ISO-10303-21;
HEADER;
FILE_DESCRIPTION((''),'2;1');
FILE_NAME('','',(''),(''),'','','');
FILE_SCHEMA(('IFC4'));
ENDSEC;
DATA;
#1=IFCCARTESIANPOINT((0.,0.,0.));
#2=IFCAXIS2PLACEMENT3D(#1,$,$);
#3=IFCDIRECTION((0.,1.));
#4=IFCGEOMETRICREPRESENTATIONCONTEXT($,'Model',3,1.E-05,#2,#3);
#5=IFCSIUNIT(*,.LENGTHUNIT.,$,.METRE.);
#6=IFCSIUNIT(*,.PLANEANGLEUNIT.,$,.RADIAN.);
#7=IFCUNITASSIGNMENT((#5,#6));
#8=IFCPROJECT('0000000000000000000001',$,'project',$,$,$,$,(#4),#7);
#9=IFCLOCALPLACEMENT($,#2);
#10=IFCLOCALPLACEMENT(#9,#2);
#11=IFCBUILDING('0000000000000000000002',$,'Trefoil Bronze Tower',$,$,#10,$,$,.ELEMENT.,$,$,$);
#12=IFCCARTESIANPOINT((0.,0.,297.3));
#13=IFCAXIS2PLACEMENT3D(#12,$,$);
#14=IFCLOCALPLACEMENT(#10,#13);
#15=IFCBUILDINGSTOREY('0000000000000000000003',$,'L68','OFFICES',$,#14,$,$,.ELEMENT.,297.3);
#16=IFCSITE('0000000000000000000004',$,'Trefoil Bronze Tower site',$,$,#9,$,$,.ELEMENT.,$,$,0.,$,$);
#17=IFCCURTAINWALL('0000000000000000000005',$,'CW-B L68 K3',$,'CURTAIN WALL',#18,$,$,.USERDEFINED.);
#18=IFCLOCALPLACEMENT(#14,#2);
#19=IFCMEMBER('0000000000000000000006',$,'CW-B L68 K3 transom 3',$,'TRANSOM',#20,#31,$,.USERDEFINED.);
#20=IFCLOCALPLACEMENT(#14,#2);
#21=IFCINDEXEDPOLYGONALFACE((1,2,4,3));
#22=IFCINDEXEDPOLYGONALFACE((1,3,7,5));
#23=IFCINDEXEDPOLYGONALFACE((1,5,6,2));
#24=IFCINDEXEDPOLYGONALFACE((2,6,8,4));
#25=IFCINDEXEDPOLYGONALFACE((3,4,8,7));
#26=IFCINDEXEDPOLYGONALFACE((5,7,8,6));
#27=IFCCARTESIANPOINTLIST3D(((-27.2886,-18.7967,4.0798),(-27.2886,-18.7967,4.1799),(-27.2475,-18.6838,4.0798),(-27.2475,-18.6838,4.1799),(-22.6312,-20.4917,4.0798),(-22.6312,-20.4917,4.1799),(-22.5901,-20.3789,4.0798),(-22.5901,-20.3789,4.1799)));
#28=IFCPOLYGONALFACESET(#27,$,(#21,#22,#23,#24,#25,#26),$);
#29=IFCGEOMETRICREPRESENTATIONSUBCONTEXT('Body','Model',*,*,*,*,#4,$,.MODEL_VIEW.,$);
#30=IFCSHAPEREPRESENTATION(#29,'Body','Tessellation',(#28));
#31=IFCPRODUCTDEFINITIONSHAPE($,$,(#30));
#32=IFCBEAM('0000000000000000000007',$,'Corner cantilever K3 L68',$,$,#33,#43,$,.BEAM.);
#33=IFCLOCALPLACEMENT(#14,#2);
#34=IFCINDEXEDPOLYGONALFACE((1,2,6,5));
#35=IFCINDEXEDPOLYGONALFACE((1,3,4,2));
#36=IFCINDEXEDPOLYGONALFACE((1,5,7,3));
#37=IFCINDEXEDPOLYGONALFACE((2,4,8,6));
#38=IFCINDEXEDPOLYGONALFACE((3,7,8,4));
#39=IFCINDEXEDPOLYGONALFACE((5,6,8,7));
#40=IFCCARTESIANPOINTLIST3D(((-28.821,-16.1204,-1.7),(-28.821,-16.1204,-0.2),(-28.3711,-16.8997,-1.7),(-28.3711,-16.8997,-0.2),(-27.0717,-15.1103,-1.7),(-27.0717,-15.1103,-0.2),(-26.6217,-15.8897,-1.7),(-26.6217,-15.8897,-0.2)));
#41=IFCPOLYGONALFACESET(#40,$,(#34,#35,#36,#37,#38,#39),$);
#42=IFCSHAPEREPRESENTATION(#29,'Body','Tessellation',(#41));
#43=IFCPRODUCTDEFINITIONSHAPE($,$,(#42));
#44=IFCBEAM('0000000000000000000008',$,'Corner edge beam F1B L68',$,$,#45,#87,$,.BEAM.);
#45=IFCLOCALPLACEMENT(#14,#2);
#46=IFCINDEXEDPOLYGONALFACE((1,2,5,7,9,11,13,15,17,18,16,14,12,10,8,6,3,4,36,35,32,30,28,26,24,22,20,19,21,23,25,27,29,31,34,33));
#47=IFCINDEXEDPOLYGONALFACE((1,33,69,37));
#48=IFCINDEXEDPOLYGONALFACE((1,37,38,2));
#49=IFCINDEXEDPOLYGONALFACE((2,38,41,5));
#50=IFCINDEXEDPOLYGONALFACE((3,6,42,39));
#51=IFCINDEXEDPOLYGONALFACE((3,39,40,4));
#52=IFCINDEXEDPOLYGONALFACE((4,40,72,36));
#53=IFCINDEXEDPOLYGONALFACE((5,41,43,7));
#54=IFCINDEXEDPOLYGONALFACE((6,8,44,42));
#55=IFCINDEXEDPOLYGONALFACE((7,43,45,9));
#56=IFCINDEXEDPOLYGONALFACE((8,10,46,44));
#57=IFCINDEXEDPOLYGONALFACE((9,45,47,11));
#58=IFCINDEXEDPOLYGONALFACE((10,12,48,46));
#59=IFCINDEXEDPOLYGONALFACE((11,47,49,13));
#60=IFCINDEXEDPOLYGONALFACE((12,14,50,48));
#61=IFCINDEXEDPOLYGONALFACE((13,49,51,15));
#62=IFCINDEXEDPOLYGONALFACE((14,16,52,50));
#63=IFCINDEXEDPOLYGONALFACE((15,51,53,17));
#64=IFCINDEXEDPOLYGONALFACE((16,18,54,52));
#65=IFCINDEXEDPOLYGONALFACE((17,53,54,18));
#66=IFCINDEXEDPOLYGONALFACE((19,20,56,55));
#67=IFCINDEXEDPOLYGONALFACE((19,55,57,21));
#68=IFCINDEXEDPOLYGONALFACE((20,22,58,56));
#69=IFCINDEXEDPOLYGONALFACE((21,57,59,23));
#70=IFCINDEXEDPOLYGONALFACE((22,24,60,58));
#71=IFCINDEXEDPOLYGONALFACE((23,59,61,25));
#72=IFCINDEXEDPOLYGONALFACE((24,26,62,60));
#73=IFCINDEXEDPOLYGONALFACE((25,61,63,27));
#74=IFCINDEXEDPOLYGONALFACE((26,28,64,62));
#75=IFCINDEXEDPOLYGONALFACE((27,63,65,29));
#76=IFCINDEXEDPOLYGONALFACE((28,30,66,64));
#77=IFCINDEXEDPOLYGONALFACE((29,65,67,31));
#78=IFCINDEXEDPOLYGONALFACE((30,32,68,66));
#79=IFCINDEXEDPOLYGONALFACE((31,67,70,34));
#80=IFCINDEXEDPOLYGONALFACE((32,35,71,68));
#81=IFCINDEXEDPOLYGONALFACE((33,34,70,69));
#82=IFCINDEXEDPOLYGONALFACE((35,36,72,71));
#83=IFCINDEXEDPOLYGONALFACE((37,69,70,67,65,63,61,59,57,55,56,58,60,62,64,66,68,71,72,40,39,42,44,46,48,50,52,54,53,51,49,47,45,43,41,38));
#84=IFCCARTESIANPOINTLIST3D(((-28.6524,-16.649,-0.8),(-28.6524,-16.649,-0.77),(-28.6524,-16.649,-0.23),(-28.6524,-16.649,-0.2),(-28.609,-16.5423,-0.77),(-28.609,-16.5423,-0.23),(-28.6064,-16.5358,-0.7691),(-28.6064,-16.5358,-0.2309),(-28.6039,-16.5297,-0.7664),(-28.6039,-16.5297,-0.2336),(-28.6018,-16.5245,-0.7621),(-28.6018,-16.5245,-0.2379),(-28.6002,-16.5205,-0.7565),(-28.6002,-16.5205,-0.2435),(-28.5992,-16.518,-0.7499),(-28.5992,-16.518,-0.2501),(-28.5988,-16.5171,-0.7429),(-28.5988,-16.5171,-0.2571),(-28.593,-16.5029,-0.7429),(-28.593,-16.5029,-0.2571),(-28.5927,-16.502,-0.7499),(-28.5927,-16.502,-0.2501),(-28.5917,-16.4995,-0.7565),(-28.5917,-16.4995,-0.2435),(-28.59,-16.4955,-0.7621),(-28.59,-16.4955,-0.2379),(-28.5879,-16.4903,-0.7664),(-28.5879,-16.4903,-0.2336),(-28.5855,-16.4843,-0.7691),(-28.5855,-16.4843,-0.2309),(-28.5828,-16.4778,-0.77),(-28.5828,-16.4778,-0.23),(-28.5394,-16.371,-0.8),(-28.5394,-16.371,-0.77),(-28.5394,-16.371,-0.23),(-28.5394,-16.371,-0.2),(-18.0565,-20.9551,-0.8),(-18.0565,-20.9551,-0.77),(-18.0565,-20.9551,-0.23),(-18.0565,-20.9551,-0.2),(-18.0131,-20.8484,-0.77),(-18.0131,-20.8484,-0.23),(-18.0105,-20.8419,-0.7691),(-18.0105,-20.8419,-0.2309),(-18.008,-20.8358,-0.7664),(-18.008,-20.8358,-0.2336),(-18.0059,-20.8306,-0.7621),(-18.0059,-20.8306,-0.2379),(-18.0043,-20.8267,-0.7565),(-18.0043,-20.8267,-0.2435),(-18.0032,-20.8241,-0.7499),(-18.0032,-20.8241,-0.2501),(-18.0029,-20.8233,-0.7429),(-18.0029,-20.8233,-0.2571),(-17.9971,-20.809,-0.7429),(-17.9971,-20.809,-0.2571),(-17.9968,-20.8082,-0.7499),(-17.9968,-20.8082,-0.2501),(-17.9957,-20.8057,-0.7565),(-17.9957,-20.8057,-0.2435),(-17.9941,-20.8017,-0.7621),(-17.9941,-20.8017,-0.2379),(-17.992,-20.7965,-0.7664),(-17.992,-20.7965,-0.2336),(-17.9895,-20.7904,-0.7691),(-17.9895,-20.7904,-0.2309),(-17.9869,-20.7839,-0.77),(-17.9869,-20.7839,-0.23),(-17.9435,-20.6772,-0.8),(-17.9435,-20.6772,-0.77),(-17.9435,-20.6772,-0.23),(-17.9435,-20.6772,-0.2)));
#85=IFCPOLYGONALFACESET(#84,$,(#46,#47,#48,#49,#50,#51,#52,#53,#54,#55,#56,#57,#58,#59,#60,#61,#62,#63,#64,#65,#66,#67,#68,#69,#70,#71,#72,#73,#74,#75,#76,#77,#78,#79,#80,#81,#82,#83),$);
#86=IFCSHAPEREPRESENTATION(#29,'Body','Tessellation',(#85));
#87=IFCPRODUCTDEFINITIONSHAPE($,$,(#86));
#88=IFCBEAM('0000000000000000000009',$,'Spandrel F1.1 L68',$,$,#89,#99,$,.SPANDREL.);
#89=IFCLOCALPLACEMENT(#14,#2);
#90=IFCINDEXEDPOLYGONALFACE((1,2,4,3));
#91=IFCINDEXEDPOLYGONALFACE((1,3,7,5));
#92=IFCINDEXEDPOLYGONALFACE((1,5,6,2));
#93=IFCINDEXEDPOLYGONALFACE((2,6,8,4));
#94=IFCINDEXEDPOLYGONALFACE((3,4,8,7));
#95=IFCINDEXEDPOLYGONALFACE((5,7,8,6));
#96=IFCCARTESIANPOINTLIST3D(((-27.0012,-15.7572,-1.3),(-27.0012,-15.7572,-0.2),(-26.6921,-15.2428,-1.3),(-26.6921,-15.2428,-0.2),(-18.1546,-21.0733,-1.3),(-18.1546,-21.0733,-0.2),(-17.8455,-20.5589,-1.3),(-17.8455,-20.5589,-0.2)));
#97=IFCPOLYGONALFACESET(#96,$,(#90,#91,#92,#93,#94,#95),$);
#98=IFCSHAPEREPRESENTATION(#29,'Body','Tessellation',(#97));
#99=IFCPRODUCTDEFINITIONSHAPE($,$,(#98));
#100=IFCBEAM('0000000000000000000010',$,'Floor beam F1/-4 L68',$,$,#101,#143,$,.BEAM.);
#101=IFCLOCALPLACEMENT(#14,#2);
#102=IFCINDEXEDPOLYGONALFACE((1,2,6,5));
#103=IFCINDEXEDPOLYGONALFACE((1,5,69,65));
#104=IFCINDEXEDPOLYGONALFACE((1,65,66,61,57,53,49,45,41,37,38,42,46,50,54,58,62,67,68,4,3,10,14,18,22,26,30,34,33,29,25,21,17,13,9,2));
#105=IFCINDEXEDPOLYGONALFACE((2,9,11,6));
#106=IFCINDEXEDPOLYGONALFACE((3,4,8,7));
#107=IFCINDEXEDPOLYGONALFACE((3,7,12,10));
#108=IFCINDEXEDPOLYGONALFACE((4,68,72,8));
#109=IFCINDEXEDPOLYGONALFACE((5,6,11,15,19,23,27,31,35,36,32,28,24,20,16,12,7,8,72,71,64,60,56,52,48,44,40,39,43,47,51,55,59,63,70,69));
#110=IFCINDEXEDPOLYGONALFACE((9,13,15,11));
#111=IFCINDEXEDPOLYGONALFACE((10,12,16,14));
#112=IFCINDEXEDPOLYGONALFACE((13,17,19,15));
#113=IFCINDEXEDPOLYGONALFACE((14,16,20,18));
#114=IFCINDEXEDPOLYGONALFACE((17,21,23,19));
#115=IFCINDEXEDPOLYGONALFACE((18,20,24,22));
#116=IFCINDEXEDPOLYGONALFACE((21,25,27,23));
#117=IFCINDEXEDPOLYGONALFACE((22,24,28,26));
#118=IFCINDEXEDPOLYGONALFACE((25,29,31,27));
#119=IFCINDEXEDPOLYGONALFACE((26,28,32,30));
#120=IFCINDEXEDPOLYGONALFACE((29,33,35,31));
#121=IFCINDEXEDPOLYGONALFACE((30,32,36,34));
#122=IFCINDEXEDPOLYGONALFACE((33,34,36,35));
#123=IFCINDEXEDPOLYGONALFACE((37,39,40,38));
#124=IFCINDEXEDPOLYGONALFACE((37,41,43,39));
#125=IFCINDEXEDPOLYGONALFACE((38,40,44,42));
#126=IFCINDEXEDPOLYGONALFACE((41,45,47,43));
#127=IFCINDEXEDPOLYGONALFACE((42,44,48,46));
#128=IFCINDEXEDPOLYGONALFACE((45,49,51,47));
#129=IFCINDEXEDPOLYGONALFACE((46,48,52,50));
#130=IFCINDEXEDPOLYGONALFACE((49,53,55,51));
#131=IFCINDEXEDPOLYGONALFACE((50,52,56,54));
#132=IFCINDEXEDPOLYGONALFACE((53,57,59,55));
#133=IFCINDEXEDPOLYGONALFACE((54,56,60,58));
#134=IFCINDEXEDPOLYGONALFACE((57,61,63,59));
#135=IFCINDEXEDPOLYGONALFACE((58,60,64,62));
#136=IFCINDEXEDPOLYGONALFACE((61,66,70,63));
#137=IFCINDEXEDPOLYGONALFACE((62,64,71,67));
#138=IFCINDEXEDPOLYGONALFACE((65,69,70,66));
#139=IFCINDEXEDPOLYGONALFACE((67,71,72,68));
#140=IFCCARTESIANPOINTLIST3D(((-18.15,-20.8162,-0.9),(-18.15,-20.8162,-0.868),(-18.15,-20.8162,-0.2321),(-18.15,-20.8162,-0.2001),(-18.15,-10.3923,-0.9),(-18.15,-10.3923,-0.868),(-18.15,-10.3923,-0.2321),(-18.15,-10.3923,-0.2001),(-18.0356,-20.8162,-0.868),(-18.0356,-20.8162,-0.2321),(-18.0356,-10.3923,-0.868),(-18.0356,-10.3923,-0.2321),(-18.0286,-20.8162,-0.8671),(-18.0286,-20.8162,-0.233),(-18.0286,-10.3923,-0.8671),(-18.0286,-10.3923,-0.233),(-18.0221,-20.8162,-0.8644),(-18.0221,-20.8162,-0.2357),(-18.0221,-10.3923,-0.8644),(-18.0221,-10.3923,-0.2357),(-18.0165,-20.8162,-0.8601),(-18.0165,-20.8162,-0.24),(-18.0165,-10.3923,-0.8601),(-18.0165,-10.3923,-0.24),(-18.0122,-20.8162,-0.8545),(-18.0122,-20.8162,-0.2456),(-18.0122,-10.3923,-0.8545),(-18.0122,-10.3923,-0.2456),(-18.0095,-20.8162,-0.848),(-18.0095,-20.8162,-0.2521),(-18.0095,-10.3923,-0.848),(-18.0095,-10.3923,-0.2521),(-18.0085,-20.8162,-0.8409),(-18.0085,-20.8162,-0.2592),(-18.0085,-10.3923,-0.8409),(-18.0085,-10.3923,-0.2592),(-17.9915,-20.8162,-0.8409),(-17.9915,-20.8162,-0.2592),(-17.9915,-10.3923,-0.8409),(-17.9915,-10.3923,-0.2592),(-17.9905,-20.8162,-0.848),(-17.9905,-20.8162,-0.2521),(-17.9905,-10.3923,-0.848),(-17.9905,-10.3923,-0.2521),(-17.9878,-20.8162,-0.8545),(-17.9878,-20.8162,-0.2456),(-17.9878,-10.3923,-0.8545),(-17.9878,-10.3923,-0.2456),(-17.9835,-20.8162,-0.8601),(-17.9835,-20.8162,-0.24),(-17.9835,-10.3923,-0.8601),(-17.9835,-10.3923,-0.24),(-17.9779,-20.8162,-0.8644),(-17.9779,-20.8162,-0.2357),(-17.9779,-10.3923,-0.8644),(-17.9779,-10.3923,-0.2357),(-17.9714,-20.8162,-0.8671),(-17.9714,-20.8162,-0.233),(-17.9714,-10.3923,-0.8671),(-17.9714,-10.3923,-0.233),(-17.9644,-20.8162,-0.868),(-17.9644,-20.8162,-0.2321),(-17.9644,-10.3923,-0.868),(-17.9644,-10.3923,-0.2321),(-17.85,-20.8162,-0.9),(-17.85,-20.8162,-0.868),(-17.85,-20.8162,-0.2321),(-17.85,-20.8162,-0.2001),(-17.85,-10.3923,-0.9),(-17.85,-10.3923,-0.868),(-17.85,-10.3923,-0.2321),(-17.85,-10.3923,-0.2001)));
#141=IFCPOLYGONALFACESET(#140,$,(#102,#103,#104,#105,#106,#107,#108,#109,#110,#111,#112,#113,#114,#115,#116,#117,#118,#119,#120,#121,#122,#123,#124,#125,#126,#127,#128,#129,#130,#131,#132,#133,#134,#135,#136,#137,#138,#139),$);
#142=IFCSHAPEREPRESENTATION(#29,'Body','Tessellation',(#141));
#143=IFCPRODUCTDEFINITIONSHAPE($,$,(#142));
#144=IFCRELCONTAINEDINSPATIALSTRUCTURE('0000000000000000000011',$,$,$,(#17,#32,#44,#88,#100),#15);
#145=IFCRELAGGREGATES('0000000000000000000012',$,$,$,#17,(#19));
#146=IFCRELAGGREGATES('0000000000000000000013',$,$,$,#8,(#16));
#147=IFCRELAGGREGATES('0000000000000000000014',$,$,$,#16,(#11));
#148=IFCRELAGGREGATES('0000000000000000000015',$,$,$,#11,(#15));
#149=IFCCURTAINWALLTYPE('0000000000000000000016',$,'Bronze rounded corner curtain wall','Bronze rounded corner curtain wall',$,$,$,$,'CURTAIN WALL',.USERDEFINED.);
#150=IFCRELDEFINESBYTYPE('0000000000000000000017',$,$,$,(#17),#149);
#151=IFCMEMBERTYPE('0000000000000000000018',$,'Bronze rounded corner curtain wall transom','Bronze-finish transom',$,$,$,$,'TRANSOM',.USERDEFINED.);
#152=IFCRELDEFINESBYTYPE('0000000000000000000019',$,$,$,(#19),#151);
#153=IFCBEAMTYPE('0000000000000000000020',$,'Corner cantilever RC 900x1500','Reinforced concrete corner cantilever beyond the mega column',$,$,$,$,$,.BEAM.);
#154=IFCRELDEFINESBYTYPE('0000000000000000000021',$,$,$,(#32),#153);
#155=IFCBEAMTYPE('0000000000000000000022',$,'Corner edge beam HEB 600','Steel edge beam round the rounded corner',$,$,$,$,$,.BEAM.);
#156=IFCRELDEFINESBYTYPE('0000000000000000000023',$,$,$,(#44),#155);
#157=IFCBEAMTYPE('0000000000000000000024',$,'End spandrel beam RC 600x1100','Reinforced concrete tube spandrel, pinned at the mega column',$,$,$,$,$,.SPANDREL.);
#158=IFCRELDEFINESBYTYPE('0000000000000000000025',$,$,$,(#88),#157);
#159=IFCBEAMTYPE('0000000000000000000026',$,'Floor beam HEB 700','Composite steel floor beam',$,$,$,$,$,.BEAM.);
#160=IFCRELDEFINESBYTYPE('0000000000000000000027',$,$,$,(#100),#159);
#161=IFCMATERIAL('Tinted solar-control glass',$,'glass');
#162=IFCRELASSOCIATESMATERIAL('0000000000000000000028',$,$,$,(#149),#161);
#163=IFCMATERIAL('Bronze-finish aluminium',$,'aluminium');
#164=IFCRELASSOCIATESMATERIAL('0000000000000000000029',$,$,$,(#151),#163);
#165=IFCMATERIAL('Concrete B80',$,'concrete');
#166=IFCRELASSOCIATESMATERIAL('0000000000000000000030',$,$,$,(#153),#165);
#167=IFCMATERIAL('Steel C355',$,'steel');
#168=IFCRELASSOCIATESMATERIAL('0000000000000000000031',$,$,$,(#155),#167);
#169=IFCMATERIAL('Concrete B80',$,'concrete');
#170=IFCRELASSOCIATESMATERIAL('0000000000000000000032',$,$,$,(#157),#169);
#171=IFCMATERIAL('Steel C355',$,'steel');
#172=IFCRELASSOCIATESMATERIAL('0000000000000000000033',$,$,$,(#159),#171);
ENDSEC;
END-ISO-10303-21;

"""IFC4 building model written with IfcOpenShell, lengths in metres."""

from ifc_helpers import new_model, si_unit, direction, frame, origin, origin_2d, place, context, subcontext, project, spatial, rectangle, i_section, extrude, material, material_profile, profile_set, type_object, element, aggregate, save


model = new_model("IFC4")

# Units and contexts
model_context = context("Model", 3, precision=1e-05, world=origin(), true_north=direction((0.0, 1.0)))
body_context = subcontext(model_context, "Body", "Model", "MODEL_VIEW")
ifc_project = project(units=[si_unit("LENGTHUNIT", "METRE"), si_unit("PLANEANGLEUNIT", "RADIAN")], contexts=[model_context])

# Site, building, storey
site_placement = place(None, origin())
site = spatial("IfcSite", under=ifc_project, at=site_placement, Name="Trefoil Bronze Tower site", CompositionType="ELEMENT", RefElevation=0.0)
building_placement = place(site_placement, origin())
building = spatial("IfcBuilding", under=site, at=building_placement, Name="Trefoil Bronze Tower", CompositionType="ELEMENT")
storey_placement = place(building_placement, frame((0.0, 0.0, 297.3)))
storey = spatial("IfcBuildingStorey", under=building, at=storey_placement, Name="L68", Description="OFFICES", CompositionType="ELEMENT", Elevation=297.3)

# Curtain wall, member
ifc_material_1 = material(Name="Tinted solar-control glass", Category="glass")
curtain_wall_type_1 = type_object("IfcCurtainWallType", Name="Bronze rounded corner curtain wall", Description="Bronze rounded corner curtain wall", ElementType="CURTAIN WALL", PredefinedType="USERDEFINED", material=ifc_material_1)
curtain_wall_1_placement = place(storey_placement, origin())
curtain_wall_1 = element("IfcCurtainWall", 1, at=curtain_wall_1_placement, inside=storey, type_object=curtain_wall_type_1, Name="CW-B L68 K3", ObjectType="CURTAIN WALL", PredefinedType="USERDEFINED")
ifc_material_2 = material(Name="Bronze-finish aluminium", Category="aluminium")
ifc_material_profile_1 = material_profile(ifc_material_2, rectangle(XDim=0.1201, YDim=0.1001, at=origin_2d()), Name="CW-B transom")
ifc_profile_set_1 = profile_set([ifc_material_profile_1], Name="Bronze-finish aluminium")
member_type_1 = type_object("IfcMemberType", Name="Bronze rounded corner curtain wall transom", Description="Bronze-finish transom", ElementType="TRANSOM", PredefinedType="USERDEFINED", material=ifc_profile_set_1)
member_1_placement = place(storey_placement, frame((-27.2681, -18.7402, 4.1299), z_axis=(0.9397, -0.342, 0.0), x_axis=(0.342, 0.9397, 0.0)))
member_1 = element("IfcMember", 2, at=member_1_placement, type_object=member_type_1, Name="CW-B L68 K3 transom 3", ObjectType="TRANSOM", PredefinedType="USERDEFINED", context=body_context, shape_type="SweptSolid", body=[
    extrude(rectangle(XDim=0.1201, YDim=0.1001, at=origin_2d()), origin(), (0.0, 0.0, 1.0), 4.9563),
])

# Beams
ifc_material_3 = material(Name="Concrete B80", Category="concrete")
ifc_material_profile_2 = material_profile(ifc_material_3, rectangle(XDim=0.8999, YDim=1.5, at=origin_2d()), Name="RC 900x1500")
ifc_profile_set_2 = profile_set([ifc_material_profile_2], Name="Concrete B80")
beam_type_1 = type_object("IfcBeamType", Name="Corner cantilever RC 900x1500", Description="Reinforced concrete corner cantilever beyond the mega column", PredefinedType="BEAM", material=ifc_profile_set_2)
beam_1_placement = place(storey_placement, frame((-26.8467, -15.5, -0.95), z_axis=(-0.86601, -0.500026, 0.0), x_axis=(0.500026, -0.86601, 0.0)))
element("IfcBeam", 3, at=beam_1_placement, inside=storey, type_object=beam_type_1, Name="Corner cantilever K3 L68", PredefinedType="BEAM", context=body_context, shape_type="SweptSolid", body=[
    extrude(rectangle(XDim=0.8999, YDim=1.5, at=origin_2d()), origin(), (0.0, 0.0, 1.0), 2.02),
])
ifc_material_4 = material(Name="Steel C355", Category="steel")
ifc_material_profile_3 = material_profile(ifc_material_4, i_section(OverallWidth=0.3, OverallDepth=0.6001, WebThickness=0.0154, FlangeThickness=0.03, FilletRadius=0.0271, at=origin_2d()), Name="HEB 600")
ifc_profile_set_3 = profile_set([ifc_material_profile_3], Name="Steel C355")
beam_type_2 = type_object("IfcBeamType", Name="Corner edge beam HEB 600", Description="Steel edge beam round the rounded corner", PredefinedType="BEAM", material=ifc_profile_set_3)
beam_2_placement = place(storey_placement, frame((-18.0, -20.8162, -0.5), z_axis=(-0.926419, 0.376493, 0.0), x_axis=(-0.376493, -0.926419, 0.0)))
element("IfcBeam", 4, at=beam_2_placement, inside=storey, type_object=beam_type_2, Name="Corner edge beam F1B L68", PredefinedType="BEAM", context=body_context, shape_type="SweptSolid", body=[
    extrude(i_section(OverallWidth=0.3, OverallDepth=0.6001, WebThickness=0.0154, FlangeThickness=0.03, FilletRadius=0.0271, at=origin_2d()), origin(), (0.0, 0.0, 1.0), 11.4375),
])
ifc_material_5 = material(Name="Concrete B80", Category="concrete")
ifc_material_profile_4 = material_profile(ifc_material_5, rectangle(XDim=0.6001, YDim=1.1001, at=origin_2d()), Name="RC 600x1100")
ifc_profile_set_4 = profile_set([ifc_material_profile_4], Name="Concrete B80")
beam_type_3 = type_object("IfcBeamType", Name="End spandrel beam RC 600x1100", Description="Reinforced concrete tube spandrel, pinned at the mega column", PredefinedType="SPANDREL", material=ifc_profile_set_4)
beam_3_placement = place(storey_placement, frame((-26.8467, -15.5, -0.75), z_axis=(0.857144, -0.515077, 0.0), x_axis=(0.515077, 0.857144, 0.0)))
element("IfcBeam", 5, at=beam_3_placement, inside=storey, type_object=beam_type_3, Name="Spandrel F1.1 L68", PredefinedType="SPANDREL", context=body_context, shape_type="SweptSolid", body=[
    extrude(rectangle(XDim=0.6001, YDim=1.1001, at=origin_2d()), origin(), (0.0, 0.0, 1.0), 10.321),
])
ifc_material_6 = material(Name="Steel C355", Category="steel")
ifc_material_profile_5 = material_profile(ifc_material_6, i_section(OverallWidth=0.3, OverallDepth=0.7, WebThickness=0.0171, FlangeThickness=0.032, FilletRadius=0.0271, at=origin_2d()), Name="HEB 700")
ifc_profile_set_5 = profile_set([ifc_material_profile_5], Name="Steel C355")
beam_type_4 = type_object("IfcBeamType", Name="Floor beam HEB 700", Description="Composite steel floor beam", PredefinedType="BEAM", material=ifc_profile_set_5)
beam_4_placement = place(storey_placement, frame((-18.0, -20.8162, -0.55), z_axis=(0.0, 1.0, 0.0), x_axis=(-1.0, 0.0, 0.0)))
element("IfcBeam", 6, at=beam_4_placement, inside=storey, type_object=beam_type_4, Name="Floor beam F1/-4 L68", PredefinedType="BEAM", context=body_context, shape_type="SweptSolid", body=[
    extrude(i_section(OverallWidth=0.3, OverallDepth=0.7, WebThickness=0.0171, FlangeThickness=0.032, FilletRadius=0.0271, at=origin_2d()), origin(), (0.0, 0.0, 1.0), 10.4238),
])

aggregate(curtain_wall_1, [member_1])

save(model, "model.ifc")
